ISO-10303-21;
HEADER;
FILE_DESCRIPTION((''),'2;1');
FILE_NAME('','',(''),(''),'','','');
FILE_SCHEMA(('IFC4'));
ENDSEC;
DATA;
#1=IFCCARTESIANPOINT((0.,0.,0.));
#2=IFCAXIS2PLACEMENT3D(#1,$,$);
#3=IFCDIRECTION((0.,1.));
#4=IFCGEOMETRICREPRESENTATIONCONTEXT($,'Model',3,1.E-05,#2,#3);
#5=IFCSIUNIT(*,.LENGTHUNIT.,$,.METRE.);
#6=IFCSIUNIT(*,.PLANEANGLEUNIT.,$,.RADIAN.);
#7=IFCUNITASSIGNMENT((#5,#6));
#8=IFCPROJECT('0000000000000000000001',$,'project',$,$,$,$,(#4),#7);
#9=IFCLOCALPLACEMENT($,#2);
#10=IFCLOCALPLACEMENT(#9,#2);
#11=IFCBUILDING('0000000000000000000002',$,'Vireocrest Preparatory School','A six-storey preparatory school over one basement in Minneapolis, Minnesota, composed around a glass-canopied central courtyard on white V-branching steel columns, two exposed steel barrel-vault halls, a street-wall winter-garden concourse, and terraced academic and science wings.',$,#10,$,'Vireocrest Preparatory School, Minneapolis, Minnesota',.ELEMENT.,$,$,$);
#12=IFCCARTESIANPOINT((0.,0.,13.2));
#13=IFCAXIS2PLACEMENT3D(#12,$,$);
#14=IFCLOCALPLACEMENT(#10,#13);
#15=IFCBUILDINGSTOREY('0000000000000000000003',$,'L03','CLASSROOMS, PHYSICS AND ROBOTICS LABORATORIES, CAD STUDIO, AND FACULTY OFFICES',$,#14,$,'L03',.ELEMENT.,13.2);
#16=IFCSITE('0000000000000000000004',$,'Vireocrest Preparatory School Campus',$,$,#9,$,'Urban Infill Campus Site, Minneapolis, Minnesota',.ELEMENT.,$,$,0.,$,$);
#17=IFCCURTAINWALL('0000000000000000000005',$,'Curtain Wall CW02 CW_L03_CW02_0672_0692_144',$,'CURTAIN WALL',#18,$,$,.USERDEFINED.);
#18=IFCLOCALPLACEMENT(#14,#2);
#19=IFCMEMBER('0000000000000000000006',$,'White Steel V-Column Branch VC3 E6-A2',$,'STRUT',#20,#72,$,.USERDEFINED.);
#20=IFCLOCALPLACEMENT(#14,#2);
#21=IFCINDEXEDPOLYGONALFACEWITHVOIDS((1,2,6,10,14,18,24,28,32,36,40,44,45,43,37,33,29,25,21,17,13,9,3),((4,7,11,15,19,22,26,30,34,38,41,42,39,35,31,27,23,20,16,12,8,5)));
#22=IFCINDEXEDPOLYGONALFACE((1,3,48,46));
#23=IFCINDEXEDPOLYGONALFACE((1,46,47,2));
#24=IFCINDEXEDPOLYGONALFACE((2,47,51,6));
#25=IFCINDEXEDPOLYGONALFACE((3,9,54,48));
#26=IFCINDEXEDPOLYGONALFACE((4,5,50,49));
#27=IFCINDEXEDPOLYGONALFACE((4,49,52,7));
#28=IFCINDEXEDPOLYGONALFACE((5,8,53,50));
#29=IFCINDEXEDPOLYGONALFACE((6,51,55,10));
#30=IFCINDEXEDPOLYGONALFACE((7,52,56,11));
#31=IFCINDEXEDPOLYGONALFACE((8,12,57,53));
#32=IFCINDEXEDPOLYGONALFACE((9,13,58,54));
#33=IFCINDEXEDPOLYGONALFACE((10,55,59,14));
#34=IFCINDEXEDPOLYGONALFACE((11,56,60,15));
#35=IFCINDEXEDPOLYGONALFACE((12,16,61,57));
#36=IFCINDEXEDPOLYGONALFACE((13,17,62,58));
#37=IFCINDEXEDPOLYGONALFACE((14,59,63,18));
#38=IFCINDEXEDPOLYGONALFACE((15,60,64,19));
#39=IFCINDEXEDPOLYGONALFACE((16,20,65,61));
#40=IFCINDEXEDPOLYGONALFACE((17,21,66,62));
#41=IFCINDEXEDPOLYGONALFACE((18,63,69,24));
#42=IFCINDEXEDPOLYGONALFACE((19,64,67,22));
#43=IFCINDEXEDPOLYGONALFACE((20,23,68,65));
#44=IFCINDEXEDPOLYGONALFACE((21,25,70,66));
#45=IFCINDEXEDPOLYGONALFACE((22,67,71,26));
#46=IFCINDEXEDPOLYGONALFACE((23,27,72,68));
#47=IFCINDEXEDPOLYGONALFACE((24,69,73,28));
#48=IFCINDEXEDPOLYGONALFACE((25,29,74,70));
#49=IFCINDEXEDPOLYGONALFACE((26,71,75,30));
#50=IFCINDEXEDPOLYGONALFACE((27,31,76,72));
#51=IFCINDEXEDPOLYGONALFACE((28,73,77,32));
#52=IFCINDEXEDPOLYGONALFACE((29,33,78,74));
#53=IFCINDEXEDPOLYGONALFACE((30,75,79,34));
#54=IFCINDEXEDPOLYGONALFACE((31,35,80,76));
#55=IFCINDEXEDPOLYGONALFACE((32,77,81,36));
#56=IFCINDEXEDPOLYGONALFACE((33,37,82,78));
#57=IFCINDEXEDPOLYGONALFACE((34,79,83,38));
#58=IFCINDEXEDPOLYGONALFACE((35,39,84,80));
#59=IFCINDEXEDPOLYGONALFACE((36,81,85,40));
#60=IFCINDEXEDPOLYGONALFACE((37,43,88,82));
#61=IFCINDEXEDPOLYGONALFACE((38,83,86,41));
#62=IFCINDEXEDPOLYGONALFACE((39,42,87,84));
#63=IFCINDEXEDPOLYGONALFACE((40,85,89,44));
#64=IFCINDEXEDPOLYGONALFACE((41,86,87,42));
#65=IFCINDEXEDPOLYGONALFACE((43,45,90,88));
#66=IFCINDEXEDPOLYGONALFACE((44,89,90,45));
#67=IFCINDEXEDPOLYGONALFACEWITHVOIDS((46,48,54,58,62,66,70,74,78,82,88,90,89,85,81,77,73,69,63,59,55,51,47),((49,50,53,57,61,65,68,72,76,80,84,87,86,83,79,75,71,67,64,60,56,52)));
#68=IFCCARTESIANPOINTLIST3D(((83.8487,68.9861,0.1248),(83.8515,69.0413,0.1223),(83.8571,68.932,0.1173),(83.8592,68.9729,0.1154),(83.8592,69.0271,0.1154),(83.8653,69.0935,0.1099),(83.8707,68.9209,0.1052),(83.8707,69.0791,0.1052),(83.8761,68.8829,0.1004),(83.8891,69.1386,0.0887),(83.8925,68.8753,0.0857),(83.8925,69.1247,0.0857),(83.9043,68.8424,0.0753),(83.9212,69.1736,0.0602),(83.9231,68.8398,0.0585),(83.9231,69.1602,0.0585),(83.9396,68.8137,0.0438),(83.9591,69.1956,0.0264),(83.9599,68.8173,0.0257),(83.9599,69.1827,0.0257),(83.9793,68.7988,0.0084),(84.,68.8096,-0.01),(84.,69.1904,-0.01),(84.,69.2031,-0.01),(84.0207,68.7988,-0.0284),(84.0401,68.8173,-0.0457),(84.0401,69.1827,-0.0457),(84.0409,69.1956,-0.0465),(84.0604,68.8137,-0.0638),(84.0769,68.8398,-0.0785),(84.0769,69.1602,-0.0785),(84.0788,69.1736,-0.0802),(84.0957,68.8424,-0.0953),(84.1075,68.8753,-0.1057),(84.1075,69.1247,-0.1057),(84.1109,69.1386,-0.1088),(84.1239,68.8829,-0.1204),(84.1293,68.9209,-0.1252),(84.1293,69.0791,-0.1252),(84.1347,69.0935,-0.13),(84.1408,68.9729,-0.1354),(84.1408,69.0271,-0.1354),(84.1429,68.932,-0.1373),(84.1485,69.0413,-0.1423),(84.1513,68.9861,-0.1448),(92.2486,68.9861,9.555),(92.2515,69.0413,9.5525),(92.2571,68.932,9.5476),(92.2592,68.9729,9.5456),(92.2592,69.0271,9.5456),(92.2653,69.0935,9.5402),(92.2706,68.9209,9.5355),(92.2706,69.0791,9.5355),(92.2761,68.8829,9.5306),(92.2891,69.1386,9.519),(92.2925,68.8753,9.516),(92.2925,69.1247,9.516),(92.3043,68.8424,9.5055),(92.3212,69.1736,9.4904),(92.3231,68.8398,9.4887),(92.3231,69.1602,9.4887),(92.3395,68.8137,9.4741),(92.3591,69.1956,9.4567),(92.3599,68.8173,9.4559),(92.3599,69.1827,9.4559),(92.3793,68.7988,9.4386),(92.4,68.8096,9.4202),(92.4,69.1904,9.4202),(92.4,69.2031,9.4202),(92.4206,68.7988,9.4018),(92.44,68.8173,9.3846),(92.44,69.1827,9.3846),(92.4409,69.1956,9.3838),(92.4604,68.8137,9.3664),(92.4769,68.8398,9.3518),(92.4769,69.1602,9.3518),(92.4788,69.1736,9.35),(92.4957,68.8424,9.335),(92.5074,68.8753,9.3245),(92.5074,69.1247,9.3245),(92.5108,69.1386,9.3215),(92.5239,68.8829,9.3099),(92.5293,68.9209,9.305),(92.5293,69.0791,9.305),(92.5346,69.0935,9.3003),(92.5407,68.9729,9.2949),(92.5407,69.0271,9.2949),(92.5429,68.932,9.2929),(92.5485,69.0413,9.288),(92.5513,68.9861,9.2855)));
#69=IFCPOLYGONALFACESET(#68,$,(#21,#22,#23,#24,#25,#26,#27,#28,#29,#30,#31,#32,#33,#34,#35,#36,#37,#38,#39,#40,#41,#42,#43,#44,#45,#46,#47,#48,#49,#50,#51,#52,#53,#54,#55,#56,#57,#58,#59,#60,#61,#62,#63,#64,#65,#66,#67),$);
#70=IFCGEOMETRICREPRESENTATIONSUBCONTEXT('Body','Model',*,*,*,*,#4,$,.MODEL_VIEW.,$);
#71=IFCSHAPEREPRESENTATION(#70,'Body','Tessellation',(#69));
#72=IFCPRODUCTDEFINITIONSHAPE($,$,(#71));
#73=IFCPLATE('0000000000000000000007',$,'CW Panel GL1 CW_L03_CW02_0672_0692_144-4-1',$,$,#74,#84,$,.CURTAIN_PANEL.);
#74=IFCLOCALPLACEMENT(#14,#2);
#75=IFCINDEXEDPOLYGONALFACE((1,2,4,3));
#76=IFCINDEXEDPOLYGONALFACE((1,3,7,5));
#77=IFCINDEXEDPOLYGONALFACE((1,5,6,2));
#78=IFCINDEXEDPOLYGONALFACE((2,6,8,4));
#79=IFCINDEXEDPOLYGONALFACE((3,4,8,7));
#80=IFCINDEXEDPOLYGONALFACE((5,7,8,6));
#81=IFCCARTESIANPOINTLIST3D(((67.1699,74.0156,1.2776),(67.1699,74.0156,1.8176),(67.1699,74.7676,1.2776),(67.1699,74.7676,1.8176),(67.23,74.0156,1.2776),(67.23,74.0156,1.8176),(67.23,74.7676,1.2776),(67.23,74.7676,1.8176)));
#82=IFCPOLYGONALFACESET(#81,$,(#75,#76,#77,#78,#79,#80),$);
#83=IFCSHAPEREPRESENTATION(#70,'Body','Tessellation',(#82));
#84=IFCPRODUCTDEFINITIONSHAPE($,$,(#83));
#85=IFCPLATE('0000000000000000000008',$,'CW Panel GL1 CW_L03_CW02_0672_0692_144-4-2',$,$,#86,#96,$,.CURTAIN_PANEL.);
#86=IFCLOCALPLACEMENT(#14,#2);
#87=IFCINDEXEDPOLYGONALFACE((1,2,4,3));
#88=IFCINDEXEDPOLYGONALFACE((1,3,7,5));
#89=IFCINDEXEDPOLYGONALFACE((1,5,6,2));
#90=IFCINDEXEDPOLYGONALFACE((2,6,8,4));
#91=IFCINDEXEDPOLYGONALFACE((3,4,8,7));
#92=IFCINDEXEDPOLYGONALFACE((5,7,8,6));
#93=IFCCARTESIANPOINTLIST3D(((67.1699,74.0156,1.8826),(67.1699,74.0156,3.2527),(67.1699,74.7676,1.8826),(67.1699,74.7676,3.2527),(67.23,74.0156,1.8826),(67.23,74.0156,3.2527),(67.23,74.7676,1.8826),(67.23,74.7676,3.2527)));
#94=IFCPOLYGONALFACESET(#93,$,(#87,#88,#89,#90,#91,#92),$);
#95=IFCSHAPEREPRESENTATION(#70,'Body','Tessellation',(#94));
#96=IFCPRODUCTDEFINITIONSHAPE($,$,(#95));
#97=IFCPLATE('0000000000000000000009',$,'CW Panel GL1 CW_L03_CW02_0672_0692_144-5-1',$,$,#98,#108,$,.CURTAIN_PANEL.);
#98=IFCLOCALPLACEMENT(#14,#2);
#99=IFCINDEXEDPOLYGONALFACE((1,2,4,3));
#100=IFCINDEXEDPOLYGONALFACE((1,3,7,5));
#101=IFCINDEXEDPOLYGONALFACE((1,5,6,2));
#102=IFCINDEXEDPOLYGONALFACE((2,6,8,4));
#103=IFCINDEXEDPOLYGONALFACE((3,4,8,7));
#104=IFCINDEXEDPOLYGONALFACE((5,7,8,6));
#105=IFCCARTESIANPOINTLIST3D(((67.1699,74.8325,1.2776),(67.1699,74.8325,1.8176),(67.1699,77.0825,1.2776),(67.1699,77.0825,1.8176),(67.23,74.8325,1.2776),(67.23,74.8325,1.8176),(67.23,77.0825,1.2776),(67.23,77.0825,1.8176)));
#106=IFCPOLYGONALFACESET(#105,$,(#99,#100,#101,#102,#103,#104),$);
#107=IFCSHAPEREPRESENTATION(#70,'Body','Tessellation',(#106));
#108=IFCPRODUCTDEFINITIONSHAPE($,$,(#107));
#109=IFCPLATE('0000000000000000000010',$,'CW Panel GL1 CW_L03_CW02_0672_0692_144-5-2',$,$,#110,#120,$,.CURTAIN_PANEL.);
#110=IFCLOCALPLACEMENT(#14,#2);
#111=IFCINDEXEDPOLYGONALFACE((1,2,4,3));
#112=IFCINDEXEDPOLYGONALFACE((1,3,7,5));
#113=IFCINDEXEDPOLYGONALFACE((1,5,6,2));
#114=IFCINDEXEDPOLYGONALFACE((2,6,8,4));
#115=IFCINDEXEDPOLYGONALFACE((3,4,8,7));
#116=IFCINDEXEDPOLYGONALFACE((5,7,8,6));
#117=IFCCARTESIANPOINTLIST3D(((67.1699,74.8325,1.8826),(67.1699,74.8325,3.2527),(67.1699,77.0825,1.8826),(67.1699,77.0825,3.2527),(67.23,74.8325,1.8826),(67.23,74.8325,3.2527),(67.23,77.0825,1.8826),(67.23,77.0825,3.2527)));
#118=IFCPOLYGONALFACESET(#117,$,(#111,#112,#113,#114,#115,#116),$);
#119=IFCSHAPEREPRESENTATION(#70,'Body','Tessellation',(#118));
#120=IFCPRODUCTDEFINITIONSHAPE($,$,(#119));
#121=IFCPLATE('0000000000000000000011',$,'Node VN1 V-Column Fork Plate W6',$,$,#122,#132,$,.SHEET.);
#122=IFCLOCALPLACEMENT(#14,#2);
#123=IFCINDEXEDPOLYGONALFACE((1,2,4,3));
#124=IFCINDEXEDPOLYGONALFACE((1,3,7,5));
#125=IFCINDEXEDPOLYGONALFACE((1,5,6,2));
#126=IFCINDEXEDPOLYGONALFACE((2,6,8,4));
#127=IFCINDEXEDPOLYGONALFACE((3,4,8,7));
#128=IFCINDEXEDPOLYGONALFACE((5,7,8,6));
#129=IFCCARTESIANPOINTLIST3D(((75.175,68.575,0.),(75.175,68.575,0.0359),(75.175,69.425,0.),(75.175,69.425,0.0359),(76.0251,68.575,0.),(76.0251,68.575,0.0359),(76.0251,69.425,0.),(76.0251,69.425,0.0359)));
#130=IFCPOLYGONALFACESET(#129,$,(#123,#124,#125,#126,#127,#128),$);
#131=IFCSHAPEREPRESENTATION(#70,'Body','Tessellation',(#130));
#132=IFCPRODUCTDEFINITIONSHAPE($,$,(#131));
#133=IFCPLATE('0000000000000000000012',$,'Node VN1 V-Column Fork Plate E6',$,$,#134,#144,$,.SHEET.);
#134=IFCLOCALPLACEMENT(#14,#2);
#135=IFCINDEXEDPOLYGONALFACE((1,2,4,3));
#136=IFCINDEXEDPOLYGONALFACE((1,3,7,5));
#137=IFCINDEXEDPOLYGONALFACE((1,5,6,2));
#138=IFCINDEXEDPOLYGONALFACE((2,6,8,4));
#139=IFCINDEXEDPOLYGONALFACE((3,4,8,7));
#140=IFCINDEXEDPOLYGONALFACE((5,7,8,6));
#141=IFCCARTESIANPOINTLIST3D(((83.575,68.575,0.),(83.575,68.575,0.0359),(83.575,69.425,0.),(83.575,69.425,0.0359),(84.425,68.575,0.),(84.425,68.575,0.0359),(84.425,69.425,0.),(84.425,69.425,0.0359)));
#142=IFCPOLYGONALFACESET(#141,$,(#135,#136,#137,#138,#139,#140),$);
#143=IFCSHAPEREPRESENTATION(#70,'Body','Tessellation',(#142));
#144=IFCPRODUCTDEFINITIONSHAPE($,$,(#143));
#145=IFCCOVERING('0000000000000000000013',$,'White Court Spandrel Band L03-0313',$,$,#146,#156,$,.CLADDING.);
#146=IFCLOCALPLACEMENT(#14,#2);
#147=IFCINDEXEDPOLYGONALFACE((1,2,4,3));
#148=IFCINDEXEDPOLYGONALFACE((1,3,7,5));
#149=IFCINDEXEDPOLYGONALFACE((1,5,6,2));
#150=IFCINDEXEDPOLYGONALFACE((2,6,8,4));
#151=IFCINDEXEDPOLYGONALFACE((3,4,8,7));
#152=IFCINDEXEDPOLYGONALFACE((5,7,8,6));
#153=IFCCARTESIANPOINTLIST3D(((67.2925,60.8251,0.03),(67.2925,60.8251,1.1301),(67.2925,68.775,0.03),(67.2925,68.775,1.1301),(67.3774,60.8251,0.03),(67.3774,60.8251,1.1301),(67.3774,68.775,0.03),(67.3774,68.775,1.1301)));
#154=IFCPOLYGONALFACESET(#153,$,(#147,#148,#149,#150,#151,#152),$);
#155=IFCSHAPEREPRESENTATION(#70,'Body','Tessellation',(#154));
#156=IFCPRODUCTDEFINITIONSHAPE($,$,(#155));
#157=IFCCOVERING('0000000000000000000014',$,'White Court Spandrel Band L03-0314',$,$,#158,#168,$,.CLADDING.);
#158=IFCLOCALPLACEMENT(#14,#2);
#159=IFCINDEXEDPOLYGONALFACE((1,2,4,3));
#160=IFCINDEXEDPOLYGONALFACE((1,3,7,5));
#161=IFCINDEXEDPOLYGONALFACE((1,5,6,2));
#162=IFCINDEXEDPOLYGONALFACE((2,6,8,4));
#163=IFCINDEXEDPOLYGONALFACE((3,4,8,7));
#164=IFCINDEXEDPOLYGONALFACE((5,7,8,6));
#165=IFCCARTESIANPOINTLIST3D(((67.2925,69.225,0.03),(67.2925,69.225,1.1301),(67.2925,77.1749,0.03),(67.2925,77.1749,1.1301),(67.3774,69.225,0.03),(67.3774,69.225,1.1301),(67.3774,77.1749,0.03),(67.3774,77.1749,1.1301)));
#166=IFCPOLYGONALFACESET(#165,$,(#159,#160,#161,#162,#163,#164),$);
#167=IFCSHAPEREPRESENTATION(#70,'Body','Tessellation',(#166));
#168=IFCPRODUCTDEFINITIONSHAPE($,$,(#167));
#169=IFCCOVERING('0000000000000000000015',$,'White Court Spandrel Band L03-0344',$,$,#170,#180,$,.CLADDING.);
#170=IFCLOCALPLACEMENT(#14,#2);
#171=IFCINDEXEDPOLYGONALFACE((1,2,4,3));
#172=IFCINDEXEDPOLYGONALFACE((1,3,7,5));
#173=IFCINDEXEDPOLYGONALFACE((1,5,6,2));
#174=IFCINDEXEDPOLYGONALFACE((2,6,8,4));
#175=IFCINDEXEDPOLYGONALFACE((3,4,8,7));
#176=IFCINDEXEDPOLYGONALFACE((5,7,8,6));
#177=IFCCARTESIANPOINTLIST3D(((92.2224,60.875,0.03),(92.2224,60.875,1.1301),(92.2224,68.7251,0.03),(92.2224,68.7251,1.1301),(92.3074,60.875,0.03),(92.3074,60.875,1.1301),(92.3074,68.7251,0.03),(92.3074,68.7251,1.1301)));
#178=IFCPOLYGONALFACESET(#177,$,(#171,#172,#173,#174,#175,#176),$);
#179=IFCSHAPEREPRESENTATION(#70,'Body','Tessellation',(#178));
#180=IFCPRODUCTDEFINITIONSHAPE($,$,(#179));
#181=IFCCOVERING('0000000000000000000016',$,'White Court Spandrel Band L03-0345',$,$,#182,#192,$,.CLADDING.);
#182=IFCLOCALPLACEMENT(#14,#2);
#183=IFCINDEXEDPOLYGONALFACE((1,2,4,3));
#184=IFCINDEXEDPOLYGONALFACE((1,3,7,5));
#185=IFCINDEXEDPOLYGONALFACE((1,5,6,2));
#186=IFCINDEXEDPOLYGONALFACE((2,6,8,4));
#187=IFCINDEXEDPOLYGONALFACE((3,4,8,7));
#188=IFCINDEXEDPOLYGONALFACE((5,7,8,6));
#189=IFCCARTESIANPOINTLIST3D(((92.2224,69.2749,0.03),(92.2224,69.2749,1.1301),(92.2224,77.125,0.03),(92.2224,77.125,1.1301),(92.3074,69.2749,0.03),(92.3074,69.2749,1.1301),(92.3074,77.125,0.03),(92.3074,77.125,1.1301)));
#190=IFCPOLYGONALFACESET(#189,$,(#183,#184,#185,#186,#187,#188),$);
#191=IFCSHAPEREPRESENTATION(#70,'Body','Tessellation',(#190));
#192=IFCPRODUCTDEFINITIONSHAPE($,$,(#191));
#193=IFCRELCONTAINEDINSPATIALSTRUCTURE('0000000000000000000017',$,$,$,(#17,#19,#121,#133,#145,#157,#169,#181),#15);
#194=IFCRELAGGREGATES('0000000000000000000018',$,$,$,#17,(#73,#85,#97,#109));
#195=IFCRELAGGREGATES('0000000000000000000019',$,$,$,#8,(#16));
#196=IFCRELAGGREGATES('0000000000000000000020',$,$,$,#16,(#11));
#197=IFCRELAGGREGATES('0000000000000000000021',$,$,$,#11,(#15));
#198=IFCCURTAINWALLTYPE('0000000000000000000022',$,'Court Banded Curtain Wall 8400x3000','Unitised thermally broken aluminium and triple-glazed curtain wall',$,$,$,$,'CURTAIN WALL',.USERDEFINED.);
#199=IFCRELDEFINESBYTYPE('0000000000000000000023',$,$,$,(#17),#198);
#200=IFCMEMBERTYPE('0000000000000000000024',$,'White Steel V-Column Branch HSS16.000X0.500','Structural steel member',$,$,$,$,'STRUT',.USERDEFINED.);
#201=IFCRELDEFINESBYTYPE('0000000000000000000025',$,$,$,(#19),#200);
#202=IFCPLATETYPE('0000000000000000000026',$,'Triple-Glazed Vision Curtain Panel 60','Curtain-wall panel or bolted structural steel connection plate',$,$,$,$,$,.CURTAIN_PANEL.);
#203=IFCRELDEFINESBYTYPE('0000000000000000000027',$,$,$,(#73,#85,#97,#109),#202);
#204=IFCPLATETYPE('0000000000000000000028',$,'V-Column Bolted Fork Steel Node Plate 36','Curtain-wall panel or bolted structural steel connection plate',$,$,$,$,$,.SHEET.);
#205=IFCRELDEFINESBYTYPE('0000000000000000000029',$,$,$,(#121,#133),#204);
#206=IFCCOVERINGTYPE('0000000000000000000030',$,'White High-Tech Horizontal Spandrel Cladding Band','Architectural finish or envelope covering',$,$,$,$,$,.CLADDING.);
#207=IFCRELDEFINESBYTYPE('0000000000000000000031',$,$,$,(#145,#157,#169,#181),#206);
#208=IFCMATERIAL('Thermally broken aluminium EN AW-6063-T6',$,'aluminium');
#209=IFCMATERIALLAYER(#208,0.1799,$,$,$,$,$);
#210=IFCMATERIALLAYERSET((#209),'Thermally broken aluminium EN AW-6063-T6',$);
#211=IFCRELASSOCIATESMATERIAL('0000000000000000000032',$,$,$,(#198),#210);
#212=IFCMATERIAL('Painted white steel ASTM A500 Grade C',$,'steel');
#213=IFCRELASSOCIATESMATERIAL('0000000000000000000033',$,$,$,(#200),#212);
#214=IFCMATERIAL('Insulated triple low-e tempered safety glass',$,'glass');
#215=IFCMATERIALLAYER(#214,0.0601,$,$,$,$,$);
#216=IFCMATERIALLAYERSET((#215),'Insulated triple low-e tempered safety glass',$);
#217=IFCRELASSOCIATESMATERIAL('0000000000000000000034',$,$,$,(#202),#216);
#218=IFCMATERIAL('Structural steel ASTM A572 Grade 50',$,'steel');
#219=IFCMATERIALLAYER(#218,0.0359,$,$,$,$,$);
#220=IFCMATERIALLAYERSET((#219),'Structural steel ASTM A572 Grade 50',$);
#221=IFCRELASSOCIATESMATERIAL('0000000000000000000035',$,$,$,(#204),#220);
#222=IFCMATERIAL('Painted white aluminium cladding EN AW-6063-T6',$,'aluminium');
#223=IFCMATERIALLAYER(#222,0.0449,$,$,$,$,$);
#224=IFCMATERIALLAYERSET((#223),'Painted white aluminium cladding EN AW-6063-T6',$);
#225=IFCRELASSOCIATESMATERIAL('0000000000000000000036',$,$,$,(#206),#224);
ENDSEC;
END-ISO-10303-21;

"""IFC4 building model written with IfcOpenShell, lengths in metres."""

from ifc_helpers import new_model, si_unit, direction, frame, origin, origin_2d, place, context, subcontext, project, spatial, rectangle, hollow_circle, extrude, material, layer, layer_set, material_profile, profile_set, type_object, element, aggregate, save


model = new_model("IFC4")

# Units and contexts
model_context = context("Model", 3, precision=1e-05, world=origin(), true_north=direction((0.0, 1.0)))
body_context = subcontext(model_context, "Body", "Model", "MODEL_VIEW")
ifc_project = project(units=[si_unit("LENGTHUNIT", "METRE"), si_unit("PLANEANGLEUNIT", "RADIAN")], contexts=[model_context])

# Site, building, storey
site_placement = place(None, origin())
site = spatial("IfcSite", under=ifc_project, at=site_placement, Name="Vireocrest Preparatory School Campus", LongName="Urban Infill Campus Site, Minneapolis, Minnesota", CompositionType="ELEMENT", RefElevation=0.0)
building_placement = place(site_placement, origin())
building = spatial("IfcBuilding", under=site, at=building_placement, Name="Vireocrest Preparatory School", Description="A six-storey preparatory school over one basement in Minneapolis, Minnesota, composed around a glass-canopied central courtyard on white V-branching steel columns, two exposed steel barrel-vault halls, a street-wall winter-garden concourse, and terraced academic and science wings.", LongName="Vireocrest Preparatory School, Minneapolis, Minnesota", CompositionType="ELEMENT")
storey_placement = place(building_placement, frame((0.0, 0.0, 13.2)))
storey = spatial("IfcBuildingStorey", under=building, at=storey_placement, Name="L03", Description="CLASSROOMS, PHYSICS AND ROBOTICS LABORATORIES, CAD STUDIO, AND FACULTY OFFICES", LongName="L03", CompositionType="ELEMENT", Elevation=13.2)

# Curtain wall
ifc_material_1 = material(Name="Thermally broken aluminium EN AW-6063-T6", Category="aluminium")
ifc_layer_1 = layer(ifc_material_1, 0.1799)
ifc_layer_set_1 = layer_set([ifc_layer_1], Name="Thermally broken aluminium EN AW-6063-T6")
curtain_wall_type = type_object("IfcCurtainWallType", Name="Court Banded Curtain Wall 8400x3000", Description="Unitised thermally broken aluminium and triple-glazed curtain wall", ElementType="CURTAIN WALL", PredefinedType="USERDEFINED", material=ifc_layer_set_1)
curtain_wall_1_placement = place(storey_placement, origin())
curtain_wall_1 = element("IfcCurtainWall", 1, at=curtain_wall_1_placement, inside=storey, type_object=curtain_wall_type, Name="Curtain Wall CW02 CW_L03_CW02_0672_0692_144", ObjectType="CURTAIN WALL", PredefinedType="USERDEFINED")

# Member
ifc_material_2 = material(Name="Painted white steel ASTM A500 Grade C", Category="steel")
ifc_material_profile_1 = material_profile(ifc_material_2, hollow_circle(Radius=0.2031, WallThickness=0.0127, at=origin_2d()), Name="HSS16.000X0.500")
ifc_profile_set_1 = profile_set([ifc_material_profile_1], Name="Painted white steel ASTM A500 Grade C")
member_type_1 = type_object("IfcMemberType", Name="White Steel V-Column Branch HSS16.000X0.500", Description="Structural steel member", ElementType="STRUT", PredefinedType="USERDEFINED", material=ifc_profile_set_1)
for number, where, z_axis, x_axis, name in (
    (2, (84.0, 69.0, -0.01), (0.665139, 0.0, 0.74672), (0.0, 1.0, 0.0), "White Steel V-Column Branch VC3 E6-A2"),
):
    element("IfcMember", number, at=place(storey_placement, frame(where, z_axis=z_axis, x_axis=x_axis)), inside=storey, type_object=member_type_1, Name=name, ObjectType="STRUT", PredefinedType="USERDEFINED", context=body_context, shape_type="SweptSolid", body=[
        extrude(hollow_circle(Radius=0.2031, WallThickness=0.0127, at=origin_2d()), origin(), (0.0, 0.0, 1.0), 12.6289),
    ])

# Plates
ifc_material_3 = material(Name="Insulated triple low-e tempered safety glass", Category="glass")
ifc_layer_2 = layer(ifc_material_3, 0.0601)
ifc_layer_set_2 = layer_set([ifc_layer_2], Name="Insulated triple low-e tempered safety glass")
plate_type_1 = type_object("IfcPlateType", Name="Triple-Glazed Vision Curtain Panel 60", Description="Curtain-wall panel or bolted structural steel connection plate", PredefinedType="CURTAIN_PANEL", material=ifc_layer_set_2)
plate_1_placement = place(storey_placement, frame((67.2, 74.3916, 1.2776), z_axis=(0.0, 0.0, 1.0), x_axis=(0.0, 1.0, 0.0)))
plate_1 = element("IfcPlate", 3, at=plate_1_placement, type_object=plate_type_1, Name="CW Panel GL1 CW_L03_CW02_0672_0692_144-4-1", PredefinedType="CURTAIN_PANEL", context=body_context, shape_type="SweptSolid", body=[
    extrude(rectangle(XDim=0.752, YDim=0.0601, at=origin_2d()), origin(), (0.0, 0.0, 1.0), 0.54),
])
plate_2_placement = place(storey_placement, frame((67.2, 74.3916, 1.8826), z_axis=(0.0, 0.0, 1.0), x_axis=(0.0, 1.0, 0.0)))
plate_2 = element("IfcPlate", 4, at=plate_2_placement, type_object=plate_type_1, Name="CW Panel GL1 CW_L03_CW02_0672_0692_144-4-2", PredefinedType="CURTAIN_PANEL", context=body_context, shape_type="SweptSolid", body=[
    extrude(rectangle(XDim=0.752, YDim=0.0601, at=origin_2d()), origin(), (0.0, 0.0, 1.0), 1.3701),
])
plate_3_placement = place(storey_placement, frame((67.2, 75.9575, 1.2776), z_axis=(0.0, 0.0, 1.0), x_axis=(0.0, 1.0, 0.0)))
plate_3 = element("IfcPlate", 5, at=plate_3_placement, type_object=plate_type_1, Name="CW Panel GL1 CW_L03_CW02_0672_0692_144-5-1", PredefinedType="CURTAIN_PANEL", context=body_context, shape_type="SweptSolid", body=[
    extrude(rectangle(XDim=2.25, YDim=0.0601, at=origin_2d()), origin(), (0.0, 0.0, 1.0), 0.54),
])
plate_4_placement = place(storey_placement, frame((67.2, 75.9575, 1.8826), z_axis=(0.0, 0.0, 1.0), x_axis=(0.0, 1.0, 0.0)))
plate_4 = element("IfcPlate", 6, at=plate_4_placement, type_object=plate_type_1, Name="CW Panel GL1 CW_L03_CW02_0672_0692_144-5-2", PredefinedType="CURTAIN_PANEL", context=body_context, shape_type="SweptSolid", body=[
    extrude(rectangle(XDim=2.25, YDim=0.0601, at=origin_2d()), origin(), (0.0, 0.0, 1.0), 1.3701),
])
aggregate(curtain_wall_1, [plate_1, plate_2, plate_3, plate_4])

# Plates
ifc_material_4 = material(Name="Structural steel ASTM A572 Grade 50", Category="steel")
ifc_layer_3 = layer(ifc_material_4, 0.0359)
ifc_layer_set_3 = layer_set([ifc_layer_3], Name="Structural steel ASTM A572 Grade 50")
plate_type_2 = type_object("IfcPlateType", Name="V-Column Bolted Fork Steel Node Plate 36", Description="Curtain-wall panel or bolted structural steel connection plate", PredefinedType="SHEET", material=ifc_layer_set_3)
for number, where, z_axis, x_axis, name in (
    (7, (75.6001, 69.0, 0.0), (0.0, 0.0, 1.0), (1.0, 0.0, 0.0), "Node VN1 V-Column Fork Plate W6"),
    (8, (84.0, 69.0, 0.0), (0.0, 0.0, 1.0), (1.0, 0.0, 0.0), "Node VN1 V-Column Fork Plate E6"),
):
    element("IfcPlate", number, at=place(storey_placement, frame(where, z_axis=z_axis, x_axis=x_axis)), inside=storey, type_object=plate_type_2, Name=name, PredefinedType="SHEET", context=body_context, shape_type="SweptSolid", body=[
        extrude(rectangle(XDim=0.8501, YDim=0.8501, at=origin_2d()), origin(), (0.0, 0.0, 1.0), 0.0359),
    ])

# Coverings
ifc_material_5 = material(Name="Painted white aluminium cladding EN AW-6063-T6", Category="aluminium")
ifc_layer_4 = layer(ifc_material_5, 0.0449)
ifc_layer_set_4 = layer_set([ifc_layer_4], Name="Painted white aluminium cladding EN AW-6063-T6")
covering_type = type_object("IfcCoveringType", Name="White High-Tech Horizontal Spandrel Cladding Band", Description="Architectural finish or envelope covering", PredefinedType="CLADDING", material=ifc_layer_set_4)
for number, where, z_axis, x_axis, name in (
    (9, (67.335, 64.8, 0.03), (0.0, 0.0, 1.0), (1.0, 0.0, 0.0), "White Court Spandrel Band L03-0313"),
    (10, (67.335, 73.2, 0.03), (0.0, 0.0, 1.0), (1.0, 0.0, 0.0), "White Court Spandrel Band L03-0314"),
):
    element("IfcCovering", number, at=place(storey_placement, frame(where, z_axis=z_axis, x_axis=x_axis)), inside=storey, type_object=covering_type, Name=name, PredefinedType="CLADDING", context=body_context, shape_type="SweptSolid", body=[
        extrude(rectangle(XDim=0.085, YDim=7.95, at=origin_2d()), origin(), (0.0, 0.0, 1.0), 1.1001),
    ])
for number, where, z_axis, x_axis, name in (
    (11, (92.2649, 64.8, 0.03), (0.0, 0.0, 1.0), (1.0, 0.0, 0.0), "White Court Spandrel Band L03-0344"),
    (12, (92.2649, 73.2, 0.03), (0.0, 0.0, 1.0), (1.0, 0.0, 0.0), "White Court Spandrel Band L03-0345"),
):
    element("IfcCovering", number, at=place(storey_placement, frame(where, z_axis=z_axis, x_axis=x_axis)), inside=storey, type_object=covering_type, Name=name, PredefinedType="CLADDING", context=body_context, shape_type="SweptSolid", body=[
        extrude(rectangle(XDim=0.085, YDim=7.8501, at=origin_2d()), origin(), (0.0, 0.0, 1.0), 1.1001),
    ])

save(model, "model.ifc")
